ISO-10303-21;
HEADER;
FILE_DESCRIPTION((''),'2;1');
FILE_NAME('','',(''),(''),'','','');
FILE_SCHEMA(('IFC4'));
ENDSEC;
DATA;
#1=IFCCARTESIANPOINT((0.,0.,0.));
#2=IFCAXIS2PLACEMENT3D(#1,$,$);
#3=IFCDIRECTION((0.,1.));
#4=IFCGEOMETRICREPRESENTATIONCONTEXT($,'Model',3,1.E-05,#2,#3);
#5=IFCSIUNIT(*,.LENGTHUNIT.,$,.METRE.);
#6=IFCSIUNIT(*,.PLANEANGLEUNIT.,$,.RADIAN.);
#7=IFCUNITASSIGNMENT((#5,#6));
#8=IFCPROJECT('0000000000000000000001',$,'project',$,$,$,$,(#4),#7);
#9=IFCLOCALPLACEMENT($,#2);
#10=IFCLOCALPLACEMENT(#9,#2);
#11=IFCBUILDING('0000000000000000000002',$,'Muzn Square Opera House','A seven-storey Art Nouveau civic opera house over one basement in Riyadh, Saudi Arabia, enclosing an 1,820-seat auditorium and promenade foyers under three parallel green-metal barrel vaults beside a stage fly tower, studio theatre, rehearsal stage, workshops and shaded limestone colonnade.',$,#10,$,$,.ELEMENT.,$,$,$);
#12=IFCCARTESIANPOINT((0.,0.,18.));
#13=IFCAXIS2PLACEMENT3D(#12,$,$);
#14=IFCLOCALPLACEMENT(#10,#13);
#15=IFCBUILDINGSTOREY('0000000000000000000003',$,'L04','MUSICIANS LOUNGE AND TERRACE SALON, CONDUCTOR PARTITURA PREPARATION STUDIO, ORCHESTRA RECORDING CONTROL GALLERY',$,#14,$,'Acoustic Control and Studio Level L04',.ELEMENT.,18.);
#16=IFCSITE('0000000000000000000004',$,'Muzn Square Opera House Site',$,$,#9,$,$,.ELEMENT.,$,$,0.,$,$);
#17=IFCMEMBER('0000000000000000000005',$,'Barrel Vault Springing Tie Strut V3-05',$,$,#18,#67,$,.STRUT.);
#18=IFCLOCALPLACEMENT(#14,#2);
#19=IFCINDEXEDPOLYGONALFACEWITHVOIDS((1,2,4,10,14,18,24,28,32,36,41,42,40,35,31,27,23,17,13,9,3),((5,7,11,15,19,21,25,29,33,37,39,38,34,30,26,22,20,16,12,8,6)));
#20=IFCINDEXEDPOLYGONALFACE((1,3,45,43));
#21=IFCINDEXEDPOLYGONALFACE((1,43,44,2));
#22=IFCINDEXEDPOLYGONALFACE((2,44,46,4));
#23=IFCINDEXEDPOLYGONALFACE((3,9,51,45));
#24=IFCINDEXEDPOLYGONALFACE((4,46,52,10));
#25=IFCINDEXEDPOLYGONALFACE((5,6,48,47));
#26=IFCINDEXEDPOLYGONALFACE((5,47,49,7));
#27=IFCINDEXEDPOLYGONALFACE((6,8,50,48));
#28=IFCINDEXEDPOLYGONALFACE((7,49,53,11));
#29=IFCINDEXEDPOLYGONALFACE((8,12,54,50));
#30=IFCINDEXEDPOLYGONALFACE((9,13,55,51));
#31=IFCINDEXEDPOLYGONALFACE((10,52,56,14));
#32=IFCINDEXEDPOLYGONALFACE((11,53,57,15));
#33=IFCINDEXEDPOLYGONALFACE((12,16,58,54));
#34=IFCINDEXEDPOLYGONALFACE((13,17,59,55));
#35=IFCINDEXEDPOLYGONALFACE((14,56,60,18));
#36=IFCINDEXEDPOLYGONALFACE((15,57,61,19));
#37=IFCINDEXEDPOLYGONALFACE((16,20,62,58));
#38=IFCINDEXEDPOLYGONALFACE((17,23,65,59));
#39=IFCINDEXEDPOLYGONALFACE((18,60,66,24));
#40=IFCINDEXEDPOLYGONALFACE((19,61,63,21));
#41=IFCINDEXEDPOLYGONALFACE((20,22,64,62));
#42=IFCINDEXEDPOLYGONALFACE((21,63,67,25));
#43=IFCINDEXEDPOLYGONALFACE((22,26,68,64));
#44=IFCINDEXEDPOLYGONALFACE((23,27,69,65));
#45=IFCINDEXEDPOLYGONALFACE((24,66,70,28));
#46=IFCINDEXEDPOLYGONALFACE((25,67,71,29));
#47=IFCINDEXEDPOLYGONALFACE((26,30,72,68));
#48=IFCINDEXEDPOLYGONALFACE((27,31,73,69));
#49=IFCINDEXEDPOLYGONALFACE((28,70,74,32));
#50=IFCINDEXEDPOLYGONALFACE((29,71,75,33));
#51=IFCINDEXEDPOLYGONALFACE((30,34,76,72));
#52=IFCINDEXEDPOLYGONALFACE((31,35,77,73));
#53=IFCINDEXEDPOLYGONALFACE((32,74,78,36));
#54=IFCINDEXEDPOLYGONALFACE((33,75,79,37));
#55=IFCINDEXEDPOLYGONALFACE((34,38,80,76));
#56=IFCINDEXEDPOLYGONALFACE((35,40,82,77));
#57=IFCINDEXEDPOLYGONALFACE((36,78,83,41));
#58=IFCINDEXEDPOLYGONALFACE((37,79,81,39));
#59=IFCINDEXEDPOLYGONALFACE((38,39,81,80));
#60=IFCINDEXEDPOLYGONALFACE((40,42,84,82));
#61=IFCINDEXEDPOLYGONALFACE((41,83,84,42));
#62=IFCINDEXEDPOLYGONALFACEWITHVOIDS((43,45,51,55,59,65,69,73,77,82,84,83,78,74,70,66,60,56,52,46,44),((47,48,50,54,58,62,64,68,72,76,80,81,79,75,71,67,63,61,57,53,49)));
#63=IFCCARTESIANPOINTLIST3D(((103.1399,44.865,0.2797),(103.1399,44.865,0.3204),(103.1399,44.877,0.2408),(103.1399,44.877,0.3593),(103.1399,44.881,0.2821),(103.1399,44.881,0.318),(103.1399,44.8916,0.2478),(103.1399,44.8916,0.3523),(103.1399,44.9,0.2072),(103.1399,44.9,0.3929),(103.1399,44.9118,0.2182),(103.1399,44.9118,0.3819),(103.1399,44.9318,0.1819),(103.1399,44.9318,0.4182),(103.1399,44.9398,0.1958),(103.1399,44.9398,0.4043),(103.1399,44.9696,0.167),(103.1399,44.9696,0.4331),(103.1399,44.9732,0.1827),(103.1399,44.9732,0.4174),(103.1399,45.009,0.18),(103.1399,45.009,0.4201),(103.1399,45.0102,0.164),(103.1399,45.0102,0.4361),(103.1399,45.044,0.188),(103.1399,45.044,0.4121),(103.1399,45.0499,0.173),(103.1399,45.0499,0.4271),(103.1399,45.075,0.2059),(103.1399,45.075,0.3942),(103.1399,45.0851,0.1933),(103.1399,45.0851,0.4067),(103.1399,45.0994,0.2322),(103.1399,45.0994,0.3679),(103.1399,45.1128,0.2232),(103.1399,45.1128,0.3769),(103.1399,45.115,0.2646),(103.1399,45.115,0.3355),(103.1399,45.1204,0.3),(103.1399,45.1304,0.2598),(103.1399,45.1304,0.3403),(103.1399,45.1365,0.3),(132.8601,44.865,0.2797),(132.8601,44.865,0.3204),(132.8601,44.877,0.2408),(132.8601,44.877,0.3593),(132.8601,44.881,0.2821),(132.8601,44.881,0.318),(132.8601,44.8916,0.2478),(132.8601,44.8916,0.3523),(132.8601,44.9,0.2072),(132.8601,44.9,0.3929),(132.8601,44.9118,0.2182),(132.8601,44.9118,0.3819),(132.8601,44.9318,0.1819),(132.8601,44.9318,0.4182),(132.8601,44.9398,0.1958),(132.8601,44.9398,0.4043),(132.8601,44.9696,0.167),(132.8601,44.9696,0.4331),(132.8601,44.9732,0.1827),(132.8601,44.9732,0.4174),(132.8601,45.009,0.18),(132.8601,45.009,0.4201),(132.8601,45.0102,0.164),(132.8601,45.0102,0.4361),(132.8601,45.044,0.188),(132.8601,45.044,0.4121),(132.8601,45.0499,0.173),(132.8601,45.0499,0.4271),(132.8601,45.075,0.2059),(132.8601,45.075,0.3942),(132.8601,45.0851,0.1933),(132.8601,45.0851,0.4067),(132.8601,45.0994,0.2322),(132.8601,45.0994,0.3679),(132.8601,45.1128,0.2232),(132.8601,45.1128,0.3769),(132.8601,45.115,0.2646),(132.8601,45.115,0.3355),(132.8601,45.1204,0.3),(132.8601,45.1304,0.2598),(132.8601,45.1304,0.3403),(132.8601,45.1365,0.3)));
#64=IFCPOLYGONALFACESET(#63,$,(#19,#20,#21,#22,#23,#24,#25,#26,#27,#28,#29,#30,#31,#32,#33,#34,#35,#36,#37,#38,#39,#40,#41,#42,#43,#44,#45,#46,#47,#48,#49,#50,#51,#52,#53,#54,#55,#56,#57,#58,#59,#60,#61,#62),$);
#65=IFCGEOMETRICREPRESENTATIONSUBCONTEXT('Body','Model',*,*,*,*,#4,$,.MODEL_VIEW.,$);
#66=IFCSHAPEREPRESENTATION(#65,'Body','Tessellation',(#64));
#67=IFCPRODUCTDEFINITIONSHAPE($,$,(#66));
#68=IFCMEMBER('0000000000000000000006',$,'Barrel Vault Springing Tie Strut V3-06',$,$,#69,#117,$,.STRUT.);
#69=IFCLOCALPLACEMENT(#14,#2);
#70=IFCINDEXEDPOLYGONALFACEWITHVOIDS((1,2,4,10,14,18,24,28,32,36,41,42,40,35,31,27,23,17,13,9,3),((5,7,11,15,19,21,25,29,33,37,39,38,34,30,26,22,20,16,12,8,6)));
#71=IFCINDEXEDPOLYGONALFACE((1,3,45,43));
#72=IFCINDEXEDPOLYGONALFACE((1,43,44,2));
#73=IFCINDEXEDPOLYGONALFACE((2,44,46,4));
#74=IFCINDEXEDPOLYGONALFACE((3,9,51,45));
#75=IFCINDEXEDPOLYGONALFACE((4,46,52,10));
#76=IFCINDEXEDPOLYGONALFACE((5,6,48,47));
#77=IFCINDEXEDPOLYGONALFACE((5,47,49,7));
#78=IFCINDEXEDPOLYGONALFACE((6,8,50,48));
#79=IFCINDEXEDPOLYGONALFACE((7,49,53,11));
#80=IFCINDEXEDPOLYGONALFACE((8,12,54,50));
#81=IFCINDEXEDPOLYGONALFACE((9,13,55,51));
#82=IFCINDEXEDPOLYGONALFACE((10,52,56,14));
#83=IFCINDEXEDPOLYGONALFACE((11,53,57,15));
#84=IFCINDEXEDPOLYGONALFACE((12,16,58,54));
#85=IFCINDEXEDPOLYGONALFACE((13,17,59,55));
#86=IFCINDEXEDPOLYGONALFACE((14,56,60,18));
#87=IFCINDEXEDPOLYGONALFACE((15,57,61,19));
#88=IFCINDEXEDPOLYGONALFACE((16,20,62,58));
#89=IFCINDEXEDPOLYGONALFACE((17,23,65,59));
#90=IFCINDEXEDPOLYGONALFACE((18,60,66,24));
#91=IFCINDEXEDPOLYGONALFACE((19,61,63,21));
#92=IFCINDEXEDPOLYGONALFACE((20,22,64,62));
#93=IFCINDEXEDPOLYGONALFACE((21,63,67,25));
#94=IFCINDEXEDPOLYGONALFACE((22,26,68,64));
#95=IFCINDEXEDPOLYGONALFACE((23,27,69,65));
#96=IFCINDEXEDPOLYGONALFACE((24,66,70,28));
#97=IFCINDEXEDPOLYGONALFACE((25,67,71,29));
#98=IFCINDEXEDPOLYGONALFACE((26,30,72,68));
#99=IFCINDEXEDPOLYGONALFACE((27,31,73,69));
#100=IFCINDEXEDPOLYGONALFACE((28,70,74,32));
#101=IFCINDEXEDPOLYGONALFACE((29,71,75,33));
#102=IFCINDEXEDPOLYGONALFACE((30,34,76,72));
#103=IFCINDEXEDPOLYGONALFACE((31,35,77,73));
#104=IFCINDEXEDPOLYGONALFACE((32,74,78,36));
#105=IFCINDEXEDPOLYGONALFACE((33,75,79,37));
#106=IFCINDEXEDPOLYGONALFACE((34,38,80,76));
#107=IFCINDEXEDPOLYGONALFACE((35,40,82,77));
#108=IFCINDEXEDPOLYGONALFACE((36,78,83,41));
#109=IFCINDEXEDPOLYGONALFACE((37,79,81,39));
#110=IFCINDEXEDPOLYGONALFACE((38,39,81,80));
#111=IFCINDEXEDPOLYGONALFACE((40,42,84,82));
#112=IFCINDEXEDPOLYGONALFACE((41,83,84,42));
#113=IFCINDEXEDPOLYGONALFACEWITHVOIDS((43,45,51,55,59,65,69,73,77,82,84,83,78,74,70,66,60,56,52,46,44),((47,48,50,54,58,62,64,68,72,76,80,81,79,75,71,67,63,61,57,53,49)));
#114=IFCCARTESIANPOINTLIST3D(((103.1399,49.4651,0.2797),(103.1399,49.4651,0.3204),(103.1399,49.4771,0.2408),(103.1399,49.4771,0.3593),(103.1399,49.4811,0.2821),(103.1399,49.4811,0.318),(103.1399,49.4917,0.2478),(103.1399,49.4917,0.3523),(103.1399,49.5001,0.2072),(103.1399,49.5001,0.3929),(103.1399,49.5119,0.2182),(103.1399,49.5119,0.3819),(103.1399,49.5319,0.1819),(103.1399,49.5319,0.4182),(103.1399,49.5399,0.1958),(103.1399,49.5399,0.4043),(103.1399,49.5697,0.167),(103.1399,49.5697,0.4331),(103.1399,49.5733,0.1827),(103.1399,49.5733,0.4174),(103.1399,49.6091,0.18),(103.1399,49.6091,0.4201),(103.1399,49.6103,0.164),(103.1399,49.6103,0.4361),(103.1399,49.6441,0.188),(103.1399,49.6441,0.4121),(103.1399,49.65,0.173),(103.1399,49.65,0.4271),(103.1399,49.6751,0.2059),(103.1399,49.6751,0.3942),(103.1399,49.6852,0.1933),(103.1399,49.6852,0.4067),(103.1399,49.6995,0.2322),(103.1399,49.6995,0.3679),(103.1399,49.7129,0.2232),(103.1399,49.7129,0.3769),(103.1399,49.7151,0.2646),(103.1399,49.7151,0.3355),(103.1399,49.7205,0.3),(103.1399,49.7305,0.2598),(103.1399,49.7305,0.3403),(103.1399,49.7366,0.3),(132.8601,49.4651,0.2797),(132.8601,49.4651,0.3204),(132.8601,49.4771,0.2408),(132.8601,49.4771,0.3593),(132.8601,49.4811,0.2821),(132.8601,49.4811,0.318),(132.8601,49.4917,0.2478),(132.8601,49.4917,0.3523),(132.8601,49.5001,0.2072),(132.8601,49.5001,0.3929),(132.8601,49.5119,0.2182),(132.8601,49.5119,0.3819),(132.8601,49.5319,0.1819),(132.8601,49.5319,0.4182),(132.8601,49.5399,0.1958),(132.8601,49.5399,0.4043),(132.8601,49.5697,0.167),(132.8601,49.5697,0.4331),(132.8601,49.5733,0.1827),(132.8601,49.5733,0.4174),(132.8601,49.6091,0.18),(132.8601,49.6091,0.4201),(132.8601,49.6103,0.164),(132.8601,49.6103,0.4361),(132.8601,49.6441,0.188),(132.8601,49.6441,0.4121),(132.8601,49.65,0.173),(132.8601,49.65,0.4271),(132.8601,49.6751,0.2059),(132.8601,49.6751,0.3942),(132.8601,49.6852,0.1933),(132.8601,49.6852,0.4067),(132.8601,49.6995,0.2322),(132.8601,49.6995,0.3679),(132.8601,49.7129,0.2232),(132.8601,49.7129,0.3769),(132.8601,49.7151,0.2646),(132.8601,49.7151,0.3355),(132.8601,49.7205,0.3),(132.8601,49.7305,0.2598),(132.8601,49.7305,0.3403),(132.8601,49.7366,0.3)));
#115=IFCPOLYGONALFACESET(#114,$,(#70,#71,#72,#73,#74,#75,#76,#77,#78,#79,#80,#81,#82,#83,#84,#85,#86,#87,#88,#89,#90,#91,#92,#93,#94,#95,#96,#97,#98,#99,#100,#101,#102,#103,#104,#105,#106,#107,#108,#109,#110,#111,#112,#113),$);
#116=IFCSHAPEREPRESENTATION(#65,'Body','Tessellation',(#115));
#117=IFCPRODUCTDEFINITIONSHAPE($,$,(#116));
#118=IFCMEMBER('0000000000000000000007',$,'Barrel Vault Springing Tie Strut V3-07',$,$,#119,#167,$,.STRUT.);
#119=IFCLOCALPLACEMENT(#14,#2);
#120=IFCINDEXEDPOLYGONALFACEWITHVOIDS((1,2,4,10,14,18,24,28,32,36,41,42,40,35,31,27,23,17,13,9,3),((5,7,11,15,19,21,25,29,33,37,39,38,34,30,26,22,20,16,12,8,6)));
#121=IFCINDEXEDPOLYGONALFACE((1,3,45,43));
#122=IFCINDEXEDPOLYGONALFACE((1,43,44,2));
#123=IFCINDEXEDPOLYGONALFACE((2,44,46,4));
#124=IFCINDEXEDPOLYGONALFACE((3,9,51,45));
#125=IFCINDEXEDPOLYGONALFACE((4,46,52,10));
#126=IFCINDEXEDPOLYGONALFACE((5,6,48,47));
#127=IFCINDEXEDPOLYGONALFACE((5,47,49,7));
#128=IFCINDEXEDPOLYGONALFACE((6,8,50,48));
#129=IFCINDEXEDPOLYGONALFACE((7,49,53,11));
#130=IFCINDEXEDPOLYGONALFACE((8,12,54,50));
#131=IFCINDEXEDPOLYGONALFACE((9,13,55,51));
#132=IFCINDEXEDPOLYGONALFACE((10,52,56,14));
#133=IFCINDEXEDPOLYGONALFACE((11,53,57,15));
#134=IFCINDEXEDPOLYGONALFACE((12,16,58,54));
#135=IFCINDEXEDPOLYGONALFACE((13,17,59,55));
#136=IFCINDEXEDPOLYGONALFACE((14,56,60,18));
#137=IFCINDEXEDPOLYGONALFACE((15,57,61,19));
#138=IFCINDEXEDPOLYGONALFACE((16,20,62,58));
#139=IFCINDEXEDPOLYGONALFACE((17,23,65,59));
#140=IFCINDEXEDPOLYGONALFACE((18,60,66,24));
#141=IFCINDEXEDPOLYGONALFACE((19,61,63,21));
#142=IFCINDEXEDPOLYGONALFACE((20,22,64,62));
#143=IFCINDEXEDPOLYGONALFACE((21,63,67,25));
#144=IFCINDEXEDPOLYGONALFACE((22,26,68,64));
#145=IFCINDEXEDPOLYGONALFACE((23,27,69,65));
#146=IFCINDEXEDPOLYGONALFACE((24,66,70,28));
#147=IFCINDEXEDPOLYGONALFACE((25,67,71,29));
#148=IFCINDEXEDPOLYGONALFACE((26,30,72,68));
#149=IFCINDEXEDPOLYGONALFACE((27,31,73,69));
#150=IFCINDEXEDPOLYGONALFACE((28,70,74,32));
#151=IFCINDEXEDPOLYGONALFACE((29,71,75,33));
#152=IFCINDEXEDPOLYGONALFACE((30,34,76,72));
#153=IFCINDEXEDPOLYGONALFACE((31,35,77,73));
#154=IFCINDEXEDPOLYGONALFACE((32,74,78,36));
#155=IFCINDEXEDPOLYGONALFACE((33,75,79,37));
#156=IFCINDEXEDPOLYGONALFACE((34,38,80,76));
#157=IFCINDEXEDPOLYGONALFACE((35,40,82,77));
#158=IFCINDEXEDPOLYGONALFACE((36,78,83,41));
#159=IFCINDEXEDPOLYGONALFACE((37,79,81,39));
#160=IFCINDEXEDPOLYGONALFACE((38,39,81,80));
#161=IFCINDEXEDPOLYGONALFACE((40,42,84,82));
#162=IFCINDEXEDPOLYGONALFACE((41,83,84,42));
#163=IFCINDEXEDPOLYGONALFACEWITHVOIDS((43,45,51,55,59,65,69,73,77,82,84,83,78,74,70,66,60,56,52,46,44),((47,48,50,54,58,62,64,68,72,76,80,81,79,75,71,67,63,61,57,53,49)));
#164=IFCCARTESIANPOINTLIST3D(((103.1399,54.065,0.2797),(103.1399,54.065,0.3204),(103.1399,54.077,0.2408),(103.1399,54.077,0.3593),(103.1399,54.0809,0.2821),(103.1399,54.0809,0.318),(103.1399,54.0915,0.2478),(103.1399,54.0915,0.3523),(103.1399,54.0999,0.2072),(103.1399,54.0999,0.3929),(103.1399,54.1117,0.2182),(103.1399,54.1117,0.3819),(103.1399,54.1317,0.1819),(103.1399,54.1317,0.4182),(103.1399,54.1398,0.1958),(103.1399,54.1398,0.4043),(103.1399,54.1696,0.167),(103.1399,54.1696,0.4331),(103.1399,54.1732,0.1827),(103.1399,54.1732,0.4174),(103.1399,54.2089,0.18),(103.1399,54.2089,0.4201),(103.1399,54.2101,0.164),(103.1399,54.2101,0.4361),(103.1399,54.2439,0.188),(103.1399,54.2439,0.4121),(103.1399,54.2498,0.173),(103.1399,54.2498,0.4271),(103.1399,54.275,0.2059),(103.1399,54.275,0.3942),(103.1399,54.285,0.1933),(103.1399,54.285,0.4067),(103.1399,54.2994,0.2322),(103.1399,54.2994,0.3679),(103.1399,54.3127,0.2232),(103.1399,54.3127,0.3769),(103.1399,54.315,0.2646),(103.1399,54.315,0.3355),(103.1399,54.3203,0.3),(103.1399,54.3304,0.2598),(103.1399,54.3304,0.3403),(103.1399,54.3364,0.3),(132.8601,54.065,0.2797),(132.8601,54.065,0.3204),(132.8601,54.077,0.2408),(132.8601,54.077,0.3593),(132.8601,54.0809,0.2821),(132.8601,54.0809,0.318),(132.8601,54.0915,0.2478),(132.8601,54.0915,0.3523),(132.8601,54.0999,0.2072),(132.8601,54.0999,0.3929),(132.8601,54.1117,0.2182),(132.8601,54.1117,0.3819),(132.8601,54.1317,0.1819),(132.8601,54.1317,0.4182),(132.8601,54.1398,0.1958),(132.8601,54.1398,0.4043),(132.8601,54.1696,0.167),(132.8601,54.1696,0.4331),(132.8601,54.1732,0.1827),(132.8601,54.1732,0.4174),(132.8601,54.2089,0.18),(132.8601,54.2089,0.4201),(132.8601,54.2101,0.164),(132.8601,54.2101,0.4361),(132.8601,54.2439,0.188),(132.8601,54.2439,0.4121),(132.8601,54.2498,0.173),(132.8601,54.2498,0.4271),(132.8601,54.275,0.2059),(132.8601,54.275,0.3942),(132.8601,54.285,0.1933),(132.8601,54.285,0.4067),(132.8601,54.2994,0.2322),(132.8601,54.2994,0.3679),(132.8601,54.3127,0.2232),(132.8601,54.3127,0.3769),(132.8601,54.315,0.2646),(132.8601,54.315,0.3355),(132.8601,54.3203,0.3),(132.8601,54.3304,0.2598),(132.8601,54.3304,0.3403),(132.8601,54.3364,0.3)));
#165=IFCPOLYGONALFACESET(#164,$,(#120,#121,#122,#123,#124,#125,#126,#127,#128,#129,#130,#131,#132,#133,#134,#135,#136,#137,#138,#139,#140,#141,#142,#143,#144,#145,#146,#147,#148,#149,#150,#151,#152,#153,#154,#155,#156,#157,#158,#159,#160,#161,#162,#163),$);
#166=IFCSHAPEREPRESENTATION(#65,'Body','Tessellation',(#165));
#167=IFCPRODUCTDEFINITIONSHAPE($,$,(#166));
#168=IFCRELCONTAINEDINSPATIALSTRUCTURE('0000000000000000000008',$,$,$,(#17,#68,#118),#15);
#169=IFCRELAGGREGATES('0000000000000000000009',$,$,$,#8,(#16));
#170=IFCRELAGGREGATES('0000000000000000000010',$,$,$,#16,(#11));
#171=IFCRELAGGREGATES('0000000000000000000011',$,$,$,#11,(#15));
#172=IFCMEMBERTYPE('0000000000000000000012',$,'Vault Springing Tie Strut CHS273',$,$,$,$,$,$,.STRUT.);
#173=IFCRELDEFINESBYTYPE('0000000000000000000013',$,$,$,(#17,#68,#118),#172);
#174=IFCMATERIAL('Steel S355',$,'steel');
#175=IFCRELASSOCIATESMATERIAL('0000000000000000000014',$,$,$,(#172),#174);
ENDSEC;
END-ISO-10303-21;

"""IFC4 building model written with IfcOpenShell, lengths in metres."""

from ifc_helpers import new_model, si_unit, direction, frame, origin, origin_2d, place, context, subcontext, project, spatial, hollow_circle, extrude, material, material_profile, profile_set, type_object, element, save


model = new_model("IFC4")

# Units and contexts
model_context = context("Model", 3, precision=1e-05, world=origin(), true_north=direction((0.0, 1.0)))
body_context = subcontext(model_context, "Body", "Model", "MODEL_VIEW")
ifc_project = project(units=[si_unit("LENGTHUNIT", "METRE"), si_unit("PLANEANGLEUNIT", "RADIAN")], contexts=[model_context])

# Site, building, storey
site_placement = place(None, origin())
site = spatial("IfcSite", under=ifc_project, at=site_placement, Name="Muzn Square Opera House Site", CompositionType="ELEMENT", RefElevation=0.0)
building_placement = place(site_placement, origin())
building = spatial("IfcBuilding", under=site, at=building_placement, Name="Muzn Square Opera House", Description="A seven-storey Art Nouveau civic opera house over one basement in Riyadh, Saudi Arabia, enclosing an 1,820-seat auditorium and promenade foyers under three parallel green-metal barrel vaults beside a stage fly tower, studio theatre, rehearsal stage, workshops and shaded limestone colonnade.", CompositionType="ELEMENT")
storey_placement = place(building_placement, frame((0.0, 0.0, 18.0)))
storey = spatial("IfcBuildingStorey", under=building, at=storey_placement, Name="L04", Description="MUSICIANS LOUNGE AND TERRACE SALON, CONDUCTOR PARTITURA PREPARATION STUDIO, ORCHESTRA RECORDING CONTROL GALLERY", LongName="Acoustic Control and Studio Level L04", CompositionType="ELEMENT", Elevation=18.0)

# Shared definitions
ifc_material = material(Name="Steel S355", Category="steel")

# Members
ifc_material_profile_1 = material_profile(ifc_material, hollow_circle(Radius=0.1365, WallThickness=0.0161, at=origin_2d()), Name="CHS 273x16", Category="steel")
ifc_profile_set_1 = profile_set([ifc_material_profile_1], Name="Steel S355")
member_type = type_object("IfcMemberType", Name="Vault Springing Tie Strut CHS273", PredefinedType="STRUT", material=ifc_profile_set_1)
for number, where, z_axis, x_axis, name in (
    (1, (103.1399, 45.0, 0.3), (1.0, 0.0, 0.0), (0.0, 1.0, 0.0), "Barrel Vault Springing Tie Strut V3-05"),
    (2, (103.1399, 49.6001, 0.3), (1.0, 0.0, 0.0), (0.0, 1.0, 0.0), "Barrel Vault Springing Tie Strut V3-06"),
    (3, (103.1399, 54.2, 0.3), (1.0, 0.0, 0.0), (0.0, 1.0, 0.0), "Barrel Vault Springing Tie Strut V3-07"),
):
    element("IfcMember", number, at=place(storey_placement, frame(where, z_axis=z_axis, x_axis=x_axis)), inside=storey, type_object=member_type, Name=name, PredefinedType="STRUT", context=body_context, shape_type="SweptSolid", body=[
        extrude(hollow_circle(Radius=0.1365, WallThickness=0.0161, at=origin_2d()), origin(), (0.0, 0.0, 1.0), 29.7202),
    ])

save(model, "model.ifc")
